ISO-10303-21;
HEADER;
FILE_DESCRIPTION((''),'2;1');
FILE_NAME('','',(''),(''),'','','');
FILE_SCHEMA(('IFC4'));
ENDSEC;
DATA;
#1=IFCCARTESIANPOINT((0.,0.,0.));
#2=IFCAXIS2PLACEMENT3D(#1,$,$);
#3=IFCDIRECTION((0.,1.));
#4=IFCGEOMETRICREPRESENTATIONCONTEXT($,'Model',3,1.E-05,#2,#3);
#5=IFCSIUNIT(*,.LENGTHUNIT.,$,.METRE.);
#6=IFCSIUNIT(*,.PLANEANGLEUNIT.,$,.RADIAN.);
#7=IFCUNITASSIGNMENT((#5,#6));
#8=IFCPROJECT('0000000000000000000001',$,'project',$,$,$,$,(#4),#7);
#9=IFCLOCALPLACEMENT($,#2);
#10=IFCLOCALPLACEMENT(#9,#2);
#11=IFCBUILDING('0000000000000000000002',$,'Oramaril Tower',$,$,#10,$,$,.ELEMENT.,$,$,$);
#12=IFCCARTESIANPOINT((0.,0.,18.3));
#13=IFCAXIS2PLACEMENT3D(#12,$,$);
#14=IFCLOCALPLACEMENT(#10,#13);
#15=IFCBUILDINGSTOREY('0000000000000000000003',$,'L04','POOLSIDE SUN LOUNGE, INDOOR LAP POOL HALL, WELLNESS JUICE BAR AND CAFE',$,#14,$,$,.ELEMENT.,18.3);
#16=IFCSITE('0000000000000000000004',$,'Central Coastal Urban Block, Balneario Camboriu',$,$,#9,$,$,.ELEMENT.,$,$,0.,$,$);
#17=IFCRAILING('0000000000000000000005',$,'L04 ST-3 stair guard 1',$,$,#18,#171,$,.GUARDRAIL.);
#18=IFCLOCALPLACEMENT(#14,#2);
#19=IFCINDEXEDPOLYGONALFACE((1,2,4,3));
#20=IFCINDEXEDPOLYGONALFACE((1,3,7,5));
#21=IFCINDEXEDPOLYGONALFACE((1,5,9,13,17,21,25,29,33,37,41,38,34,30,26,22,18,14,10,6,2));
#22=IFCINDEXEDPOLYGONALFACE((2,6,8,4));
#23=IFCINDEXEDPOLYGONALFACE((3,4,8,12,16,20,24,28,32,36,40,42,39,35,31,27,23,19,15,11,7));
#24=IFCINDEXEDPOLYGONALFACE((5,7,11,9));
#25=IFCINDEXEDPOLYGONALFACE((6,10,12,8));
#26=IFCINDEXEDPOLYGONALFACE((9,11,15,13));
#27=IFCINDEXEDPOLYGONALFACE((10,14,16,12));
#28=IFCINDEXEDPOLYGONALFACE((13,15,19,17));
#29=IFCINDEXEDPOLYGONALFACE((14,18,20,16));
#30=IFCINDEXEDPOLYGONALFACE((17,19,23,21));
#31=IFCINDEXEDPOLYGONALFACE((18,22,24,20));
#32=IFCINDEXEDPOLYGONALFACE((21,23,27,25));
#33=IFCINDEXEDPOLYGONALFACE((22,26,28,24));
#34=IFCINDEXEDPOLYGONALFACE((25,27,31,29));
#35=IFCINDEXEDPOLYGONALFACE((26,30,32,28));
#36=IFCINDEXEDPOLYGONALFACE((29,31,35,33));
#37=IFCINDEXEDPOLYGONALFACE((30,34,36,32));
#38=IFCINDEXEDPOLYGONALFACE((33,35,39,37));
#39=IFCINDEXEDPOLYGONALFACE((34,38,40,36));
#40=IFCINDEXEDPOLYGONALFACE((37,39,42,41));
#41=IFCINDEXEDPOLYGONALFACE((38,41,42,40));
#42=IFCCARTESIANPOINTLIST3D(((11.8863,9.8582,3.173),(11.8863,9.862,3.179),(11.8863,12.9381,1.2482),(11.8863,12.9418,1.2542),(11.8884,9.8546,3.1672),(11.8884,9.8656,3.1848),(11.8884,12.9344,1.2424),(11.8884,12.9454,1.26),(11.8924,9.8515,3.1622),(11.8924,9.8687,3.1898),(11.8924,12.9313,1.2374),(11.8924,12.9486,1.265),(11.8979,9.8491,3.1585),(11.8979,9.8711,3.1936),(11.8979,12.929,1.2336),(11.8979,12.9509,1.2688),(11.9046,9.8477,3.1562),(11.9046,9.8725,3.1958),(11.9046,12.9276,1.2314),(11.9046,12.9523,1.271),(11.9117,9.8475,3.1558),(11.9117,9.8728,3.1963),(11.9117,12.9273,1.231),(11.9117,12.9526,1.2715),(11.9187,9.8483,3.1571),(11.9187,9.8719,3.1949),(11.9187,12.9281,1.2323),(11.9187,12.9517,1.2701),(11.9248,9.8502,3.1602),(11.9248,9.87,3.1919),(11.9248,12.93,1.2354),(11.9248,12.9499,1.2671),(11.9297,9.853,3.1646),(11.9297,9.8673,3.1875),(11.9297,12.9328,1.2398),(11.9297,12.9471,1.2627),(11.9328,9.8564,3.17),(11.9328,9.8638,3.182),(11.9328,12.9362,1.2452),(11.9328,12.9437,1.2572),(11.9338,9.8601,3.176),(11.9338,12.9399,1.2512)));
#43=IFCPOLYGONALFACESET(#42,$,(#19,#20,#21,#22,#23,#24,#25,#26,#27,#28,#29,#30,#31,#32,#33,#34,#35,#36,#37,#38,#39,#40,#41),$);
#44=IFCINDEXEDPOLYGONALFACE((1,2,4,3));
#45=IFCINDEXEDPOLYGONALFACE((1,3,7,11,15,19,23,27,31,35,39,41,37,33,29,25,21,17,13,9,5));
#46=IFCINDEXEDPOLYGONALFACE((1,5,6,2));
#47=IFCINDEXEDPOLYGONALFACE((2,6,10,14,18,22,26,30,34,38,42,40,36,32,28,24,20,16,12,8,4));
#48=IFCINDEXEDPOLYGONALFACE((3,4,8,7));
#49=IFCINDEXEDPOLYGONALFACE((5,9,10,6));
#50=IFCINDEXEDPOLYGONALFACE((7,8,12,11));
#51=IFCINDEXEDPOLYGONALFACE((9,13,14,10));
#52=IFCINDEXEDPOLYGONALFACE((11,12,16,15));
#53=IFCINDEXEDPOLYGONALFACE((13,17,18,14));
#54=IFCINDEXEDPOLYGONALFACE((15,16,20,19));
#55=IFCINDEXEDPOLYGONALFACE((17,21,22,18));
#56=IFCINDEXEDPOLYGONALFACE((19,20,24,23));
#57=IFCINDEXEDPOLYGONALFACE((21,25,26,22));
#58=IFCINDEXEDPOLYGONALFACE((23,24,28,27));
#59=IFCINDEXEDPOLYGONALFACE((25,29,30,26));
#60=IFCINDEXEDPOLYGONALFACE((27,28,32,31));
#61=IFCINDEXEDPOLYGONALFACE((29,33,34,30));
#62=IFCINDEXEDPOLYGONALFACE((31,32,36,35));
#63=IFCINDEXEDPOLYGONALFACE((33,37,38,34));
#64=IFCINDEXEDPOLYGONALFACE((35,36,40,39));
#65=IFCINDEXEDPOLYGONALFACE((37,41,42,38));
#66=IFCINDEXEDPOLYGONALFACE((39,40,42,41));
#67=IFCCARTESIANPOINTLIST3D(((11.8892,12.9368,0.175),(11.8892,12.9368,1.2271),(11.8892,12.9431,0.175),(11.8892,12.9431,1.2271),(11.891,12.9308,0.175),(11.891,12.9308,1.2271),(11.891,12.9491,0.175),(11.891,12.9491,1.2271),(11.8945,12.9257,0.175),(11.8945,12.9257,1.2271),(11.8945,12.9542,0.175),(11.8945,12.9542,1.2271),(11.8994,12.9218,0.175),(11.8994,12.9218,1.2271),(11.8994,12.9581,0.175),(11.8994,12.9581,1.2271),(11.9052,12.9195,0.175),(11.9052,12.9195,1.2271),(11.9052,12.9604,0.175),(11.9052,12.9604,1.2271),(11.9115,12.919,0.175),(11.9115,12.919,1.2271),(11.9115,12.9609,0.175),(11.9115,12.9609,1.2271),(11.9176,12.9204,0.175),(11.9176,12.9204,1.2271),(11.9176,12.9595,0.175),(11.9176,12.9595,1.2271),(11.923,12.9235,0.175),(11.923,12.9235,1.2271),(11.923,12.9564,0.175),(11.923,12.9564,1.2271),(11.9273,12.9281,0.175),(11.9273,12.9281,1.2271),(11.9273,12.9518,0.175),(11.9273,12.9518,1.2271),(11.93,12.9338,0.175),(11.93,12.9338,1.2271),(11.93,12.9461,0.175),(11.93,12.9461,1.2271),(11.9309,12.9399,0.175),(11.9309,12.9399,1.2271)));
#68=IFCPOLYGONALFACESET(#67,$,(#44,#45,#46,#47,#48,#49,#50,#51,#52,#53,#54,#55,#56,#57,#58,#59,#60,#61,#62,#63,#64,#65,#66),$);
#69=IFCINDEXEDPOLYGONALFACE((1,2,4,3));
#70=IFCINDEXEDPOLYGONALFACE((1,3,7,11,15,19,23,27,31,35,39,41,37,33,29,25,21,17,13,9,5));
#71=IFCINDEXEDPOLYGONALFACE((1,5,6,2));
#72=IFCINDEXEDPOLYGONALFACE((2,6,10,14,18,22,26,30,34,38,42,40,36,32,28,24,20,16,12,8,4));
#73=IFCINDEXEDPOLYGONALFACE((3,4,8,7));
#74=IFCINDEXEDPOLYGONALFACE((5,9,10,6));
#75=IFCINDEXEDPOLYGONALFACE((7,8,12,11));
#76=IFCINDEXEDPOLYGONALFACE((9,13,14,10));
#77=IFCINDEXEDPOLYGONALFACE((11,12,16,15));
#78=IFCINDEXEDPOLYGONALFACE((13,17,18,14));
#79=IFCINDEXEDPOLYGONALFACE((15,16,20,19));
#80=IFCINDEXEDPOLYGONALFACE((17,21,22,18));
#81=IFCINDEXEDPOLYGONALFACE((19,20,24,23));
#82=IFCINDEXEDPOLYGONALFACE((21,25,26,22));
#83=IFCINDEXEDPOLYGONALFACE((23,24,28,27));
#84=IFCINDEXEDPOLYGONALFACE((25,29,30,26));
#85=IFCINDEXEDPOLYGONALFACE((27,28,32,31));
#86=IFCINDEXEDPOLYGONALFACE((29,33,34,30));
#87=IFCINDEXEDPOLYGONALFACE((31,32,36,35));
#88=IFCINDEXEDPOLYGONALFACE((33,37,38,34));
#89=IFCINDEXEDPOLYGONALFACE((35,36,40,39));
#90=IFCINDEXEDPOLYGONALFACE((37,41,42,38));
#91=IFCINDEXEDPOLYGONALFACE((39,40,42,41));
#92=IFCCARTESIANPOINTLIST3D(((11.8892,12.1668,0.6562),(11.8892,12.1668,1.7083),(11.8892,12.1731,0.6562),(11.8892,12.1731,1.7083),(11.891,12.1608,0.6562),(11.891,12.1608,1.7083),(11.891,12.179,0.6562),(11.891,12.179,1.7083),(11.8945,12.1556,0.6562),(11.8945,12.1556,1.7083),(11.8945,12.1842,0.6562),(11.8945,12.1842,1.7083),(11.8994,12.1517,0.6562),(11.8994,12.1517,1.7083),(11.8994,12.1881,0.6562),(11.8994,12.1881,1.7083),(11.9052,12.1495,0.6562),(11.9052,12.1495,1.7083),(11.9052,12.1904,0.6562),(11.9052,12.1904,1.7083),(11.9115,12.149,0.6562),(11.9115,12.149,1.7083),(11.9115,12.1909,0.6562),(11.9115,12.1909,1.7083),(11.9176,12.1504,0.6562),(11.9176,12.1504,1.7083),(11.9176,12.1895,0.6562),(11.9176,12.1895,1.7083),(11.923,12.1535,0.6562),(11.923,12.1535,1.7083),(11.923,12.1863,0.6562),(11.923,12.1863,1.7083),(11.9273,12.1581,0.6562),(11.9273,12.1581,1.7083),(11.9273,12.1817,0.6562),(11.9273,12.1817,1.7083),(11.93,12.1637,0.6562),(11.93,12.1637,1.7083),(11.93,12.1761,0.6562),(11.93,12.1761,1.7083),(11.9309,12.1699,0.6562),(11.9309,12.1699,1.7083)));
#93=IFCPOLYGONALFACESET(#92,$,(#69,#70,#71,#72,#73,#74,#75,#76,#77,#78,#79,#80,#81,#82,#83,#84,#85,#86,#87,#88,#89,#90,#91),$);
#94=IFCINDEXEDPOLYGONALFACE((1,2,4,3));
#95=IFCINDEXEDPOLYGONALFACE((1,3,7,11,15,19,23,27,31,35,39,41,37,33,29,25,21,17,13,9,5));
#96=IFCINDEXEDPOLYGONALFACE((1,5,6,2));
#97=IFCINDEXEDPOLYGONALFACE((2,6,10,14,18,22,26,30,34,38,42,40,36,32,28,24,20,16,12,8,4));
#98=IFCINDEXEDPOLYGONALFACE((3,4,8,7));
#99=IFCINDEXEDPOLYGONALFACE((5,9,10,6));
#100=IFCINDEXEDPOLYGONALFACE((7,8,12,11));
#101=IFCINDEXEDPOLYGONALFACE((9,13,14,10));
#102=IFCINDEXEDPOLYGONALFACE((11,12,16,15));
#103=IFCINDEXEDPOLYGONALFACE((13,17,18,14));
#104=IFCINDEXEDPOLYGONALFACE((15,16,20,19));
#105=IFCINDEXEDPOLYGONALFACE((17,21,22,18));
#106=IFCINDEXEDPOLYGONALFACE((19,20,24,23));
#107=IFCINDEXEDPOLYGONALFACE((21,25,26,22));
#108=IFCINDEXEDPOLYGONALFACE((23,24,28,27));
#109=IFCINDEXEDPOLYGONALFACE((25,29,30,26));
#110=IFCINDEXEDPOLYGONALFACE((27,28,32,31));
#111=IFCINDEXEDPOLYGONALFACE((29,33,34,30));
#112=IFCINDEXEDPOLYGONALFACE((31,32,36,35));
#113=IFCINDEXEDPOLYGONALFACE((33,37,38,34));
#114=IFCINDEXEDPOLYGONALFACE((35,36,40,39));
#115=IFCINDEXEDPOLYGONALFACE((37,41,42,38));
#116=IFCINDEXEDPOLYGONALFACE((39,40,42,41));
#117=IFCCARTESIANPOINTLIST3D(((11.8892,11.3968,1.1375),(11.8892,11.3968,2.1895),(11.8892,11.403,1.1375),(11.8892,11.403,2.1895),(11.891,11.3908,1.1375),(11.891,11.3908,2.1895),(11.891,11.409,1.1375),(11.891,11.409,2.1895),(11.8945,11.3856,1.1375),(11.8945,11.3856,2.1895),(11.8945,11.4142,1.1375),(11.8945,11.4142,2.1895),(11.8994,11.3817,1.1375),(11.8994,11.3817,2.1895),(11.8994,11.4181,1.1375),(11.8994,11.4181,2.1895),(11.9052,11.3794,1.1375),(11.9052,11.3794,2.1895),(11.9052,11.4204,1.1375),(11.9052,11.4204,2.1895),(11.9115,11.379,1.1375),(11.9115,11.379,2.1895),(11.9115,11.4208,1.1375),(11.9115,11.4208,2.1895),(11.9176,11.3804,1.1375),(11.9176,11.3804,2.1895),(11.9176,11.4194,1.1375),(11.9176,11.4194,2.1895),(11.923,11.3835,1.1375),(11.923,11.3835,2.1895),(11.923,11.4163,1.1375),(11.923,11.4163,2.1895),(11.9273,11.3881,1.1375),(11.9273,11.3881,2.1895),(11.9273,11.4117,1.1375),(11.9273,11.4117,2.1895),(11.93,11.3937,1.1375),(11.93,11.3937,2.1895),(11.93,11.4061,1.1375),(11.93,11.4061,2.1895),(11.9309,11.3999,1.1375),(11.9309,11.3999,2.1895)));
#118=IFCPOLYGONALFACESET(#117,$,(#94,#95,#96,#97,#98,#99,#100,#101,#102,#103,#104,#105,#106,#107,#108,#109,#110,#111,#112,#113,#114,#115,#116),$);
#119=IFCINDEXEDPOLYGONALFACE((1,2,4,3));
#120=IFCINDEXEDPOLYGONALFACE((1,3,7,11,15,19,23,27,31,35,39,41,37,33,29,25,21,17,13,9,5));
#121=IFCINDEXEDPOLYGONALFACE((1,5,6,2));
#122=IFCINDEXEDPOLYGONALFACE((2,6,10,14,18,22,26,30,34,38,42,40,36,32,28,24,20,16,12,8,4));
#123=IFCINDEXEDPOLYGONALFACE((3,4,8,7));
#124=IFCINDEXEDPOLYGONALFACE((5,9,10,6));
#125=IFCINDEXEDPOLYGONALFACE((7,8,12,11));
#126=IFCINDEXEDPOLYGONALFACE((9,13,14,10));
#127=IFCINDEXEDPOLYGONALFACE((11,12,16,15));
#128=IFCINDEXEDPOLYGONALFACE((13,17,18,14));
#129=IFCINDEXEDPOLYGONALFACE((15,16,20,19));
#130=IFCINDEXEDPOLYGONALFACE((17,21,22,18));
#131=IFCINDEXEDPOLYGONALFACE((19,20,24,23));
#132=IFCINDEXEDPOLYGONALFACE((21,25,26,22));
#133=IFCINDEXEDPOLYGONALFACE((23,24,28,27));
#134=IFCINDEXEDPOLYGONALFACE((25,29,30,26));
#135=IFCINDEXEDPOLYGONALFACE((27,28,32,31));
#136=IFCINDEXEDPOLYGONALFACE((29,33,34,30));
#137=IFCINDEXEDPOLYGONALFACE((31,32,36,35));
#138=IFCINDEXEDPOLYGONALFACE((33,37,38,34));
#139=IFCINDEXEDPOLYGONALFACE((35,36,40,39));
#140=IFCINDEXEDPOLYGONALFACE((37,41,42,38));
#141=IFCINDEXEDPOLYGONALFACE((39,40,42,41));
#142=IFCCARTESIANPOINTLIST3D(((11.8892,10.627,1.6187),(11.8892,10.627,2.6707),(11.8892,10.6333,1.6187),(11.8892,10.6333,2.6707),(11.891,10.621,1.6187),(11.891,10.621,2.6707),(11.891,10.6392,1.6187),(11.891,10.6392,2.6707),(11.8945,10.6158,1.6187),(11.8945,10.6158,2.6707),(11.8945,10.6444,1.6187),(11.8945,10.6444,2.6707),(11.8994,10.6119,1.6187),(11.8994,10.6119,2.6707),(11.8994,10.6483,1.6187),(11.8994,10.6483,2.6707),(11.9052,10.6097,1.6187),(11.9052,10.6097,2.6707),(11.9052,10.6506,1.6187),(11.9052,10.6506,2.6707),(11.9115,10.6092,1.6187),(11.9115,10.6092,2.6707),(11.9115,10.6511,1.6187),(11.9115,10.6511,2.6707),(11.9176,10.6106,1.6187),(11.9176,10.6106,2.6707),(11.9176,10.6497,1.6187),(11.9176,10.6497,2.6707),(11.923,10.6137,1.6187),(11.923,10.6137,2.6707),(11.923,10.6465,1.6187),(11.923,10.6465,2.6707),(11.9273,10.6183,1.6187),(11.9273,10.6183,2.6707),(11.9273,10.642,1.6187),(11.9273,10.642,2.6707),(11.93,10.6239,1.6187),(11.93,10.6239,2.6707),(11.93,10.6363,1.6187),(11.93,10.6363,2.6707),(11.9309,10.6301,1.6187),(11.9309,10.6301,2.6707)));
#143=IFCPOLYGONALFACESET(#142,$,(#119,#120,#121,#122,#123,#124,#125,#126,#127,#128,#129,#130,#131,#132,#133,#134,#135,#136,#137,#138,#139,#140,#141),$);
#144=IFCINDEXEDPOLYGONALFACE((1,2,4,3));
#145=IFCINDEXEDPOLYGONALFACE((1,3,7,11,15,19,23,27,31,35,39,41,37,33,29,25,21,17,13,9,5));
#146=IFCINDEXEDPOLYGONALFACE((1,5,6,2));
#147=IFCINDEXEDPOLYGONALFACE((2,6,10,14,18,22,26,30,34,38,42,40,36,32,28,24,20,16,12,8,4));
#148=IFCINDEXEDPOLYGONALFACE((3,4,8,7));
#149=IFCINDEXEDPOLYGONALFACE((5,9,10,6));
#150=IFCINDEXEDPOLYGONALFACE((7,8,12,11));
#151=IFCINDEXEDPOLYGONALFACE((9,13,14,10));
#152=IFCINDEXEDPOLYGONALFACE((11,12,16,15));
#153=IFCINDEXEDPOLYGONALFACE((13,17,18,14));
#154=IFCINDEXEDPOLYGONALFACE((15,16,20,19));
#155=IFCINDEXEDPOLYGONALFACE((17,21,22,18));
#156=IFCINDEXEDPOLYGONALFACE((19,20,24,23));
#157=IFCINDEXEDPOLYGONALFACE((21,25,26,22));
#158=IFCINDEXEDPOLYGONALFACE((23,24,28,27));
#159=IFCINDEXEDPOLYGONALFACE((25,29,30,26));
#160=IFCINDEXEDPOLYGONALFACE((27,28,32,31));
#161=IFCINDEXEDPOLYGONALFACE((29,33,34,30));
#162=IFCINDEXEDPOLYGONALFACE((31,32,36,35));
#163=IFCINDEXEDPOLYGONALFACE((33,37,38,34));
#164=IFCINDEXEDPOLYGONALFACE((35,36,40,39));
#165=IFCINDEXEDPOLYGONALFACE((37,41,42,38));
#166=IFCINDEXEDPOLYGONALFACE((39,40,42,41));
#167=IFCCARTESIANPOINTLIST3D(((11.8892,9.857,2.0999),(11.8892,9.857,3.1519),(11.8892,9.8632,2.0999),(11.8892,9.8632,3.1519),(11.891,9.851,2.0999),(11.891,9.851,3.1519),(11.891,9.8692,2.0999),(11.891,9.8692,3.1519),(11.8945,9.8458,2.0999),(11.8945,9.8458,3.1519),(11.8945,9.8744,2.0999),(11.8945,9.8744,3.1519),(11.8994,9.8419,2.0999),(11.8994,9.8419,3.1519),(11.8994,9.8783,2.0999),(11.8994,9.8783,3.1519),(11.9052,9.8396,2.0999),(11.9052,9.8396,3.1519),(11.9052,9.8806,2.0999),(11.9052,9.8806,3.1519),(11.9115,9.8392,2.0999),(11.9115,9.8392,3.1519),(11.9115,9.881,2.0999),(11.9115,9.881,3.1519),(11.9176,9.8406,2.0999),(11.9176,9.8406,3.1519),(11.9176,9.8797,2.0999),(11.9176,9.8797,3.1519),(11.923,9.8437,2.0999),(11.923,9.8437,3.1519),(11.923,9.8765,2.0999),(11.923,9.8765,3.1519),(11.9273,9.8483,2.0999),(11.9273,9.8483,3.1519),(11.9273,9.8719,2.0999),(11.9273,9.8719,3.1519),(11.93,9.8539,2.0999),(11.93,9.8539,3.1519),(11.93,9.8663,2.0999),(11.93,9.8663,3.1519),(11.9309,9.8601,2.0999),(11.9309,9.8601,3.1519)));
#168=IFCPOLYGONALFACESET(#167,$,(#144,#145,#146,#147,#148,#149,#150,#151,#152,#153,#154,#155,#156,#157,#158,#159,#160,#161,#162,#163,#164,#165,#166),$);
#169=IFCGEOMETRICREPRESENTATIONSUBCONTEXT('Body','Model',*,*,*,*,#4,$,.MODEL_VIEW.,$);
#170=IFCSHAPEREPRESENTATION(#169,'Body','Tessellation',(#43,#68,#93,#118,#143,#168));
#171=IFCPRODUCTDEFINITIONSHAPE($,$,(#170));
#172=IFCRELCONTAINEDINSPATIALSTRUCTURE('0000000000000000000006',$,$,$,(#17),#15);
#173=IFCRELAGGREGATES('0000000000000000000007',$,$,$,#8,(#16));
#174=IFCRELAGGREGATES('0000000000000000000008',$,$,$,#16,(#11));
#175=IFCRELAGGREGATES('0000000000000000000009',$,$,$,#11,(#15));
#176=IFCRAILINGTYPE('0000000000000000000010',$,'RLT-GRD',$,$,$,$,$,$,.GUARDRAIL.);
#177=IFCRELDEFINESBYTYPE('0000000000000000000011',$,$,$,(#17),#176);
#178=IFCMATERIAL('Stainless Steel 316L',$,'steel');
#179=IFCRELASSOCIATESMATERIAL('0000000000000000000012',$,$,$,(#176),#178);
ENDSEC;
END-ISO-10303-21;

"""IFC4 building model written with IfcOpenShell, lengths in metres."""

from ifc_helpers import new_model, si_unit, direction, frame, origin, origin_2d, place, context, subcontext, project, spatial, circle, extrude, material, type_object, element, save


model = new_model("IFC4")

# Units and contexts
model_context = context("Model", 3, precision=1e-05, world=origin(), true_north=direction((0.0, 1.0)))
body_context = subcontext(model_context, "Body", "Model", "MODEL_VIEW")
ifc_project = project(units=[si_unit("LENGTHUNIT", "METRE"), si_unit("PLANEANGLEUNIT", "RADIAN")], contexts=[model_context])

# Site, building, storey
site_placement = place(None, origin())
site = spatial("IfcSite", under=ifc_project, at=site_placement, Name="Central Coastal Urban Block, Balneario Camboriu", CompositionType="ELEMENT", RefElevation=0.0)
building_placement = place(site_placement, origin())
building = spatial("IfcBuilding", under=site, at=building_placement, Name="Oramaril Tower", CompositionType="ELEMENT")
storey_placement = place(building_placement, frame((0.0, 0.0, 18.3)))
storey = spatial("IfcBuildingStorey", under=building, at=storey_placement, Name="L04", Description="POOLSIDE SUN LOUNGE, INDOOR LAP POOL HALL, WELLNESS JUICE BAR AND CAFE", CompositionType="ELEMENT", Elevation=18.3)

# Railing
ifc_material_1 = material(Name="Stainless Steel 316L", Category="steel")
railing_type_1 = type_object("IfcRailingType", Name="RLT-GRD", PredefinedType="GUARDRAIL", material=ifc_material_1)
railing_1_placement = place(storey_placement, frame((11.9099, 12.9399, 0.175)))
element("IfcRailing", 1, at=railing_1_placement, inside=storey, type_object=railing_type_1, Name="L04 ST-3 stair guard 1", PredefinedType="GUARDRAIL", context=body_context, shape_type="SweptSolid", body=[
    extrude(circle(Radius=0.0239, at=origin_2d()), frame((0.0, 0.0, 1.0762), z_axis=(0.0, -0.84801, 0.529981), x_axis=(1.0, 0.0, 0.0)), (0.0, 0.0, 1.0), 3.6318),
    extrude(circle(Radius=0.021, at=origin_2d()), origin(), (0.0, 0.0, 1.0), 1.052),
    extrude(circle(Radius=0.021, at=origin_2d()), frame((0.0, -0.77, 0.4812)), (0.0, 0.0, 1.0), 1.052),
    extrude(circle(Radius=0.021, at=origin_2d()), frame((0.0, -1.54, 0.9624)), (0.0, 0.0, 1.0), 1.052),
    extrude(circle(Radius=0.021, at=origin_2d()), frame((0.0, -2.3098, 1.4436)), (0.0, 0.0, 1.0), 1.052),
    extrude(circle(Radius=0.021, at=origin_2d()), frame((0.0, -3.0798, 1.9248)), (0.0, 0.0, 1.0), 1.052),
])

save(model, "model.ifc")
